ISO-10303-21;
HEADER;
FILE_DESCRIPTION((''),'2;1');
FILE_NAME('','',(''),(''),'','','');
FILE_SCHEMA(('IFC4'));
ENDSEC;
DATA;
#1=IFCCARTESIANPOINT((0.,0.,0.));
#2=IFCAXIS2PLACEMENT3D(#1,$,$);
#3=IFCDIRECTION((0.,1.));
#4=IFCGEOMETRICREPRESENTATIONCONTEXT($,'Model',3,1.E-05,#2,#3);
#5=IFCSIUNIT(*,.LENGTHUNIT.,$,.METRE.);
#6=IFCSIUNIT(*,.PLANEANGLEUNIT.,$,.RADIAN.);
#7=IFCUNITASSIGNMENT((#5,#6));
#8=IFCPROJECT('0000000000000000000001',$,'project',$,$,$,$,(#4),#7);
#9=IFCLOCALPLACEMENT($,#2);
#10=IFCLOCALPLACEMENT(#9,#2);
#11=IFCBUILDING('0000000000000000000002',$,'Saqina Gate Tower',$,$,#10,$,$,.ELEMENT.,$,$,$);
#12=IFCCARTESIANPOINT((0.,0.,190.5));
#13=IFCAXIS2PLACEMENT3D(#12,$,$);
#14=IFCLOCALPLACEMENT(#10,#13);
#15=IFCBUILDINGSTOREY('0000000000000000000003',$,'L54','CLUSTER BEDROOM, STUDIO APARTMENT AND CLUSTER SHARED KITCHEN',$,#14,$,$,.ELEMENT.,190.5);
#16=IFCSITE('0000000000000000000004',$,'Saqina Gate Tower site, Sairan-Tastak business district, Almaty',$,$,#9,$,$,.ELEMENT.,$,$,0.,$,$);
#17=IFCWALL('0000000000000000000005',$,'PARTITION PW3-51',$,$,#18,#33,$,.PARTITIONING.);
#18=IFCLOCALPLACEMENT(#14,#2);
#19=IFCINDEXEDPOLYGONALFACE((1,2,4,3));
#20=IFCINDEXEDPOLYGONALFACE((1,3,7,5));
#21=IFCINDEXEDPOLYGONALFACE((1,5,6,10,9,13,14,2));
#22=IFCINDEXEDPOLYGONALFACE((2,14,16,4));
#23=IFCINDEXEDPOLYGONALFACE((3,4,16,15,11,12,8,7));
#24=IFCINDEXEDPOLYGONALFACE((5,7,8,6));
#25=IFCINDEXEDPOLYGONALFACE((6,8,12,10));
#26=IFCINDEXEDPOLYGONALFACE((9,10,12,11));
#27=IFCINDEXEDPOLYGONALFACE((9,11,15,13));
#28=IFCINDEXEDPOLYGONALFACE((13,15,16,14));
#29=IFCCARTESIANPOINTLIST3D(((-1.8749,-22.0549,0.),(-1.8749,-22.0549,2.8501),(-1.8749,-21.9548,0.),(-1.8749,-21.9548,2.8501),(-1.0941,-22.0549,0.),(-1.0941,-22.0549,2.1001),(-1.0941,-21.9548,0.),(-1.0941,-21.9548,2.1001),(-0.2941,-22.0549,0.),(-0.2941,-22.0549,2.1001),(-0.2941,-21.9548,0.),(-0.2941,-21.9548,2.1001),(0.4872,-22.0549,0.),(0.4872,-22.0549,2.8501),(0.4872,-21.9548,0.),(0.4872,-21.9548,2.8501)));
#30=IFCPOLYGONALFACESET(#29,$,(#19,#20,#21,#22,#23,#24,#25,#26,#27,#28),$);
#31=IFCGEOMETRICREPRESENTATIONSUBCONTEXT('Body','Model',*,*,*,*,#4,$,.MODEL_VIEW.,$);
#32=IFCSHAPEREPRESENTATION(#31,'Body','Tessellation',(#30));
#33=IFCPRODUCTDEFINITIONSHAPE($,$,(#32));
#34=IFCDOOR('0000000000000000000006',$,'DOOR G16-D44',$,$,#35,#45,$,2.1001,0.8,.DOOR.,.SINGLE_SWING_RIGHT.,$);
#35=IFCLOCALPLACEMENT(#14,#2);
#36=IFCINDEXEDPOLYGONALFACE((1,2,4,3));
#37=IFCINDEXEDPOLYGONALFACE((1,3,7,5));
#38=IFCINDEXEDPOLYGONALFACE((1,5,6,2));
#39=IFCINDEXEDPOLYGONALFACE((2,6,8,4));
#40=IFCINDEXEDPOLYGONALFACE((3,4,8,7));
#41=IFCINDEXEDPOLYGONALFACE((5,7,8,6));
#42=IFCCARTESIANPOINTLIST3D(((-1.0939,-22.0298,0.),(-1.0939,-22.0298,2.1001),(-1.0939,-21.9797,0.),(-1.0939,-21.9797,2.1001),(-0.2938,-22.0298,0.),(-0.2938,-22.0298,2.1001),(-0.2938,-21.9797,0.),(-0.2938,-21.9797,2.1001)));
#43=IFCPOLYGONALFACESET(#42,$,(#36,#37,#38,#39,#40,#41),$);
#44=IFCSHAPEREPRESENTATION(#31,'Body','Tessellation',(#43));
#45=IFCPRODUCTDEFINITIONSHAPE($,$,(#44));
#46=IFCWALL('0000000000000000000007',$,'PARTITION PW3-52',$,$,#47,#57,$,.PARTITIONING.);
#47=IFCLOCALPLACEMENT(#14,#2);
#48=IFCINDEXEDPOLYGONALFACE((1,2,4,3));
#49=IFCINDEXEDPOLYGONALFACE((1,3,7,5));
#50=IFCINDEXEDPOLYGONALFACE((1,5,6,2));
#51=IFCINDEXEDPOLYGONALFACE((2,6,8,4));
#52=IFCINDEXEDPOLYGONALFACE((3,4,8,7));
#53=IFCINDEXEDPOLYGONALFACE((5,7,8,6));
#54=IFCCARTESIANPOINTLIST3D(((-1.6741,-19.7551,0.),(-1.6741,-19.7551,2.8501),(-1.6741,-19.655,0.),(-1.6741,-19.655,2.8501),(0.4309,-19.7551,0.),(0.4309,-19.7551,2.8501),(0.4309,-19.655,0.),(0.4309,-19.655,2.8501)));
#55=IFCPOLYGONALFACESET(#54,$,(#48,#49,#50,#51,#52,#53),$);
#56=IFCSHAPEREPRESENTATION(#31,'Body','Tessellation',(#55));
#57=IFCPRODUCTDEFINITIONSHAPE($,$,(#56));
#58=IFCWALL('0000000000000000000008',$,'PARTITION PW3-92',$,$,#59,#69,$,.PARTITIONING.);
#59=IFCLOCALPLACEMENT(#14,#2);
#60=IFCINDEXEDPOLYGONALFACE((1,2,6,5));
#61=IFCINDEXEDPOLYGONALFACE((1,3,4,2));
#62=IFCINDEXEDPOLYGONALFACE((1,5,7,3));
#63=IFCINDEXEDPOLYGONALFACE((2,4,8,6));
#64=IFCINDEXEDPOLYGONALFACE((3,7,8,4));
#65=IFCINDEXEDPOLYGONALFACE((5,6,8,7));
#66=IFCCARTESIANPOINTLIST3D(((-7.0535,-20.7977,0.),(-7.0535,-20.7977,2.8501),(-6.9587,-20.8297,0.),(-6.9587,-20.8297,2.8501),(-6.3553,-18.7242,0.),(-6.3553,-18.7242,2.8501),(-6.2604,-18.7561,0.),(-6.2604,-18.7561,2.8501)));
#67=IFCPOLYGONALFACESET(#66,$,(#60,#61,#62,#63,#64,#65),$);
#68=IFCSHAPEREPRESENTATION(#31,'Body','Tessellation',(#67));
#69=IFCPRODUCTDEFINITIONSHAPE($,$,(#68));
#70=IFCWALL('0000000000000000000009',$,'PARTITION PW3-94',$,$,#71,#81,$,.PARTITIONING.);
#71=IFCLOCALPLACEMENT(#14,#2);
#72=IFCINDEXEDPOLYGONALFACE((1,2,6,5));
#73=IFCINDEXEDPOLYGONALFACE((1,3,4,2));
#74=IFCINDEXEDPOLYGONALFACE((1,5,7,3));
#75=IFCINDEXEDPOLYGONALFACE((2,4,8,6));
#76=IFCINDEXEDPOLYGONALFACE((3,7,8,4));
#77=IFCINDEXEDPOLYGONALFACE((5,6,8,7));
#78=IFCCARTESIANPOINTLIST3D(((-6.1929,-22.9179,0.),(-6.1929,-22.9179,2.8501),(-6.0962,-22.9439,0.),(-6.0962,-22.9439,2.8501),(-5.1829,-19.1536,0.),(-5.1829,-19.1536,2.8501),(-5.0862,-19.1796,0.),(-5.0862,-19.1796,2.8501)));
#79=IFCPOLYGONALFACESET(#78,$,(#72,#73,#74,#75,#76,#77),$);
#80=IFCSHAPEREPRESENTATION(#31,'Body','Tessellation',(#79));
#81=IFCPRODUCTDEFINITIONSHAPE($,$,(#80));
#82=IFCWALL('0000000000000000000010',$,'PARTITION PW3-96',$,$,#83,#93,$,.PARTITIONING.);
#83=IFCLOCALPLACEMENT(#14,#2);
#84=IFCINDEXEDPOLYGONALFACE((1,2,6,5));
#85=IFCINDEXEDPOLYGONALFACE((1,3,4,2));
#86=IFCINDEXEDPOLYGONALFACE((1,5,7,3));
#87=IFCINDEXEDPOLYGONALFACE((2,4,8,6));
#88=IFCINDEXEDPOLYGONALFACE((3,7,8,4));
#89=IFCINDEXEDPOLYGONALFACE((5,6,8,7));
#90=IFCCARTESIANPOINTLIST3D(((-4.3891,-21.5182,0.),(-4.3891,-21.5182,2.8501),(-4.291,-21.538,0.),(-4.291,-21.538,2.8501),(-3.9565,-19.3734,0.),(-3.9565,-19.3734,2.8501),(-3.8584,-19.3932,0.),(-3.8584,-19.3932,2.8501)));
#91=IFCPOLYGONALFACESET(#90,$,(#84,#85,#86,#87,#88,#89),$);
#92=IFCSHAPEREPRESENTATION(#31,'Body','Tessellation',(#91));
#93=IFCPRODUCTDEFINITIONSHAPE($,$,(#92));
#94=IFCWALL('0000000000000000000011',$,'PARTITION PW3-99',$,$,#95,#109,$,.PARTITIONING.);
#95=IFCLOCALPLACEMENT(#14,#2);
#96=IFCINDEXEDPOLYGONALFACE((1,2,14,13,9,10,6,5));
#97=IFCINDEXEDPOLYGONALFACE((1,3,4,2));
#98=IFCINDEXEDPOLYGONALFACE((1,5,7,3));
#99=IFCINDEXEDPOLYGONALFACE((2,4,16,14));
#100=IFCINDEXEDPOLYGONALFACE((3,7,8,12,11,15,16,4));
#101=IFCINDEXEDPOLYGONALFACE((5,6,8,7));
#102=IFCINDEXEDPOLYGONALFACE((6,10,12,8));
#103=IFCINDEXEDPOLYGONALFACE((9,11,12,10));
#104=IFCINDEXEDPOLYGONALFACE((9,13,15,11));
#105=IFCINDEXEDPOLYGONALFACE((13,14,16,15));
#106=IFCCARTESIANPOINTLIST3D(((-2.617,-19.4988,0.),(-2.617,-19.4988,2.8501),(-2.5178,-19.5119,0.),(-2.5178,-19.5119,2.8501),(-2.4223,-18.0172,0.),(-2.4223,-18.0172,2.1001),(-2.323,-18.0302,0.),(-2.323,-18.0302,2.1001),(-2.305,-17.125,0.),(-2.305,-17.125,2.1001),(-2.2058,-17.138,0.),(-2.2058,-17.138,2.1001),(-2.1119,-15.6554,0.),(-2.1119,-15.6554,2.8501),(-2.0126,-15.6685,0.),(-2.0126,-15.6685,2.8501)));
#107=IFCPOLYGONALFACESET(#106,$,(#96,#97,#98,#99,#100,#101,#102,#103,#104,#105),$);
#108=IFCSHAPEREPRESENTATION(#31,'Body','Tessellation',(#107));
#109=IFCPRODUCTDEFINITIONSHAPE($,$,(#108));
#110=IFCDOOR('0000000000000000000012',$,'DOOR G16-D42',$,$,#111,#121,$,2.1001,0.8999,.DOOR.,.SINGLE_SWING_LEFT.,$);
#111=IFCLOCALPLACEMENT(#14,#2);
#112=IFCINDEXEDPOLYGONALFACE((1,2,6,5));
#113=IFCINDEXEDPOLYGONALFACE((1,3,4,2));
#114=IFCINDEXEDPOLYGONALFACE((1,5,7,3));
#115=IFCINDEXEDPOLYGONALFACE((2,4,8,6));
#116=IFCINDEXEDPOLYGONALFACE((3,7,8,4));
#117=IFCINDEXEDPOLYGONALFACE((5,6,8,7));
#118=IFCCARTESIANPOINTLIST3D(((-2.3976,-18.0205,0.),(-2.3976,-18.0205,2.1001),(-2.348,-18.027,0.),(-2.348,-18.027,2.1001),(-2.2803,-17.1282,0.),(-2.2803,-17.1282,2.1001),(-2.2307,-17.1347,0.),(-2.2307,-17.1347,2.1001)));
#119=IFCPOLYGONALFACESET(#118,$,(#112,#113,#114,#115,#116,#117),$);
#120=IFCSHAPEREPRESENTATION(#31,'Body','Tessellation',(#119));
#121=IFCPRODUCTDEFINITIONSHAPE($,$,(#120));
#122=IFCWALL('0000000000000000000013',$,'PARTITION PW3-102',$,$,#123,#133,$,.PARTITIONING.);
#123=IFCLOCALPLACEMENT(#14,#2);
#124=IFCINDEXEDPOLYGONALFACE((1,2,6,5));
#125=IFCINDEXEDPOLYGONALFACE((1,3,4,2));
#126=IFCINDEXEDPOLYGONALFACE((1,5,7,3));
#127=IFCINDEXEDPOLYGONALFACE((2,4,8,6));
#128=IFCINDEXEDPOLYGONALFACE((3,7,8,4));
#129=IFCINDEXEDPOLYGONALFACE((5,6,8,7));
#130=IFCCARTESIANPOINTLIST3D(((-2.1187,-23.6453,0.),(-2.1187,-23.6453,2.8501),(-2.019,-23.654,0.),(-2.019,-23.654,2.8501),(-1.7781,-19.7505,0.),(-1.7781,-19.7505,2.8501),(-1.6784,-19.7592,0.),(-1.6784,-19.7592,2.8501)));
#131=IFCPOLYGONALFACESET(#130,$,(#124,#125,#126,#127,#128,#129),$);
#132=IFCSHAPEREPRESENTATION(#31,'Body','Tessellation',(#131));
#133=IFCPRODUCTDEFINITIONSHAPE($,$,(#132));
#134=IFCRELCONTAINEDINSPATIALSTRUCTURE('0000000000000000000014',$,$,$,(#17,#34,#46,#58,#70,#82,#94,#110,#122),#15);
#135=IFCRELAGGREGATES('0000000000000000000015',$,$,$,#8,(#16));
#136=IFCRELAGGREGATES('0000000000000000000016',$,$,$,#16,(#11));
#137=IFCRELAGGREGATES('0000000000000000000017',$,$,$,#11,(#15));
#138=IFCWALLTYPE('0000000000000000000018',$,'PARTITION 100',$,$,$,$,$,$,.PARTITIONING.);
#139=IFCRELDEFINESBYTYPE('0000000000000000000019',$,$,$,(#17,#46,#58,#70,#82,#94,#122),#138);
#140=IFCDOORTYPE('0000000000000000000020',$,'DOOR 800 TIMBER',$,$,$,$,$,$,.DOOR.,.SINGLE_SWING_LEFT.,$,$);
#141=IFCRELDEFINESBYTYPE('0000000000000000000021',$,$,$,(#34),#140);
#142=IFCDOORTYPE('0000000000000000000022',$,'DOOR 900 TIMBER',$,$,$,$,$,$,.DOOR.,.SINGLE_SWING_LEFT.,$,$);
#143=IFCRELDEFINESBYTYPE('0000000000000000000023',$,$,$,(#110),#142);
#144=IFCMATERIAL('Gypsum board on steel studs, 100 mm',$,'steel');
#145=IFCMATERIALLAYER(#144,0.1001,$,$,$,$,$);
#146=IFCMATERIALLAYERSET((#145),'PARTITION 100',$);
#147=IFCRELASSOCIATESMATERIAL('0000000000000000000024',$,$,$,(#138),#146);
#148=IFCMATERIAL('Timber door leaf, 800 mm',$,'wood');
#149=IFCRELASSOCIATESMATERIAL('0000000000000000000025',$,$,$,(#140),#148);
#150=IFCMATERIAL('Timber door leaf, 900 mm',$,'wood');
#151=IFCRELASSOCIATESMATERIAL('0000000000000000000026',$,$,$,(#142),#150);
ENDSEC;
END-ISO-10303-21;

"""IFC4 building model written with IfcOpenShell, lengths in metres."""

from ifc_helpers import new_model, si_unit, direction, frame, frame_2d, origin, place, context, subcontext, project, spatial, rectangle, extrude, material, layer, layer_set, type_object, element, fill, save


model = new_model("IFC4")

# Units and contexts
model_context = context("Model", 3, precision=1e-05, world=origin(), true_north=direction((0.0, 1.0)))
body_context = subcontext(model_context, "Body", "Model", "MODEL_VIEW")
ifc_project = project(units=[si_unit("LENGTHUNIT", "METRE"), si_unit("PLANEANGLEUNIT", "RADIAN")], contexts=[model_context])

# Site, building, storey
site_placement = place(None, origin())
site = spatial("IfcSite", under=ifc_project, at=site_placement, Name="Saqina Gate Tower site, Sairan-Tastak business district, Almaty", CompositionType="ELEMENT", RefElevation=0.0)
building_placement = place(site_placement, origin())
building = spatial("IfcBuilding", under=site, at=building_placement, Name="Saqina Gate Tower", CompositionType="ELEMENT")
storey_placement = place(building_placement, frame((0.0, 0.0, 190.5)))
storey = spatial("IfcBuildingStorey", under=building, at=storey_placement, Name="L54", Description="CLUSTER BEDROOM, STUDIO APARTMENT AND CLUSTER SHARED KITCHEN", CompositionType="ELEMENT", Elevation=190.5)

# Wall, opening, door
ifc_material_1 = material(Name="Gypsum board on steel studs, 100 mm", Category="steel")
ifc_layer_1 = layer(ifc_material_1, 0.1001)
ifc_layer_set_1 = layer_set([ifc_layer_1], Name="PARTITION 100")
wall_type_1 = type_object("IfcWallType", Name="PARTITION 100", PredefinedType="PARTITIONING", material=ifc_layer_set_1)
ifc_material_2 = material(Name="Timber door leaf, 800 mm", Category="wood")
door_type_1 = type_object("IfcDoorType", Name="DOOR 800 TIMBER", OperationType="SINGLE_SWING_LEFT", PredefinedType="DOOR", material=ifc_material_2)
wall_1_placement = place(storey_placement, frame((-1.875, -22.0049, 0.0), z_axis=(0.0, 0.0, 1.0), x_axis=(1.0, 0.0, 0.0)))
wall_1 = element("IfcWall", 1, at=wall_1_placement, inside=storey, type_object=wall_type_1, Name="PARTITION PW3-51", PredefinedType="PARTITIONING", context=body_context, shape_type="SweptSolid", body=[
    extrude(rectangle(XDim=2.3621, YDim=0.1001, at=frame_2d((1.1812, 0.0))), origin(), (0.0, 0.0, 1.0), 2.8501),
])
opening_1_placement = place(wall_1_placement, frame((0.781, 0.0, 0.0)))
opening_1 = element("IfcOpeningElement", 2, at=opening_1_placement, cuts=wall_1, PredefinedType="OPENING", context=body_context, shape_type="SweptSolid", body=[
    extrude(rectangle(XDim=0.8, YDim=2.1001, at=frame_2d((0.3999, 1.05))), frame((0.0, 0.062, 0.0), z_axis=(0.0, -1.0, 0.0), x_axis=(1.0, 0.0, 0.0)), (0.0, 0.0, 1.0), 0.124),
])
door_1_placement = place(opening_1_placement, frame((0.8, 0.0, 0.0), z_axis=(0.0, 0.0, 1.0), x_axis=(-1.0, 0.0, 0.0)))
door_1 = element("IfcDoor", 3, at=door_1_placement, inside=storey, type_object=door_type_1, Name="DOOR G16-D44", OperationType="SINGLE_SWING_RIGHT", OverallHeight=2.1001, OverallWidth=0.8, PredefinedType="DOOR", context=body_context, shape_type="SweptSolid", body=[
    extrude(rectangle(XDim=0.8, YDim=2.1001, at=frame_2d((0.3999, 1.05))), frame((0.0, 0.0249, 0.0), z_axis=(0.0, -1.0, 0.0), x_axis=(1.0, 0.0, 0.0)), (0.0, 0.0, 1.0), 0.05),
])
fill(opening_1, door_1)

# Walls
wall_2_placement = place(storey_placement, frame((-1.6741, -19.7051, 0.0), z_axis=(0.0, 0.0, 1.0), x_axis=(1.0, 0.0, 0.0)))
element("IfcWall", 4, at=wall_2_placement, inside=storey, type_object=wall_type_1, Name="PARTITION PW3-52", PredefinedType="PARTITIONING", context=body_context, shape_type="SweptSolid", body=[
    extrude(rectangle(XDim=2.105, YDim=0.1001, at=frame_2d((1.0525, 0.0))), origin(), (0.0, 0.0, 1.0), 2.8501),
])
wall_3_placement = place(storey_placement, frame((-7.0061, -20.8137, 0.0), z_axis=(0.0, 0.0, 1.0), x_axis=(0.319139, 0.947708, 0.0)))
element("IfcWall", 5, at=wall_3_placement, inside=storey, type_object=wall_type_1, Name="PARTITION PW3-92", PredefinedType="PARTITIONING", context=body_context, shape_type="SweptSolid", body=[
    extrude(rectangle(XDim=2.188, YDim=0.1001, at=frame_2d((1.094, 0.0))), origin(), (0.0, 0.0, 1.0), 2.8501),
])
wall_4_placement = place(storey_placement, frame((-6.1445, -22.9309, 0.0), z_axis=(0.0, 0.0, 1.0), x_axis=(0.25914, 0.96584, 0.0)))
element("IfcWall", 6, at=wall_4_placement, inside=storey, type_object=wall_type_1, Name="PARTITION PW3-94", PredefinedType="PARTITIONING", context=body_context, shape_type="SweptSolid", body=[
    extrude(rectangle(XDim=3.8975, YDim=0.1001, at=frame_2d((1.9487, 0.0))), origin(), (0.0, 0.0, 1.0), 2.8501),
])
wall_5_placement = place(storey_placement, frame((-4.3401, -21.5281, 0.0), z_axis=(0.0, 0.0, 1.0), x_axis=(0.197725, 0.980257, 0.0)))
element("IfcWall", 7, at=wall_5_placement, inside=storey, type_object=wall_type_1, Name="PARTITION PW3-96", PredefinedType="PARTITIONING", context=body_context, shape_type="SweptSolid", body=[
    extrude(rectangle(XDim=2.188, YDim=0.1001, at=frame_2d((1.094, 0.0))), origin(), (0.0, 0.0, 1.0), 2.8501),
])

# Wall, opening, door
wall_6_placement = place(storey_placement, frame((-2.5674, -19.5054, 0.0), z_axis=(0.0, 0.0, 1.0), x_axis=(0.130303, 0.991474, 0.0)))
wall_6 = element("IfcWall", 8, at=wall_6_placement, inside=storey, type_object=wall_type_1, Name="PARTITION PW3-99", PredefinedType="PARTITIONING", context=body_context, shape_type="SweptSolid", body=[
    extrude(rectangle(XDim=3.8765, YDim=0.1001, at=frame_2d((1.9382, 0.0))), origin(), (0.0, 0.0, 1.0), 2.8501),
])
opening_2_placement = place(wall_6_placement, frame((1.4944, 0.0, 0.0)))
opening_2 = element("IfcOpeningElement", 9, at=opening_2_placement, cuts=wall_6, PredefinedType="OPENING", context=body_context, shape_type="SweptSolid", body=[
    extrude(rectangle(XDim=0.8999, YDim=2.1001, at=frame_2d((0.45, 1.05))), frame((0.0, 0.062, 0.0), z_axis=(0.0, -1.0, 0.0), x_axis=(1.0, 0.0, 0.0)), (0.0, 0.0, 1.0), 0.124),
])
ifc_material_3 = material(Name="Timber door leaf, 900 mm", Category="wood")
door_type_2 = type_object("IfcDoorType", Name="DOOR 900 TIMBER", OperationType="SINGLE_SWING_LEFT", PredefinedType="DOOR", material=ifc_material_3)
door_2_placement = place(opening_2_placement, frame((0.8999, 0.0, 0.0), z_axis=(0.0, 0.0, 1.0), x_axis=(-1.0, 0.0, 0.0)))
door_2 = element("IfcDoor", 10, at=door_2_placement, inside=storey, type_object=door_type_2, Name="DOOR G16-D42", OperationType="SINGLE_SWING_LEFT", OverallHeight=2.1001, OverallWidth=0.8999, PredefinedType="DOOR", context=body_context, shape_type="SweptSolid", body=[
    extrude(rectangle(XDim=0.8999, YDim=2.1001, at=frame_2d((0.45, 1.05))), frame((0.0, 0.0249, 0.0), z_axis=(0.0, -1.0, 0.0), x_axis=(1.0, 0.0, 0.0)), (0.0, 0.0, 1.0), 0.05),
])
fill(opening_2, door_2)

# Wall
wall_7_placement = place(storey_placement, frame((-2.0688, -23.6497, 0.0), z_axis=(0.0, 0.0, 1.0), x_axis=(0.087112, 0.996199, 0.0)))
element("IfcWall", 11, at=wall_7_placement, inside=storey, type_object=wall_type_1, Name="PARTITION PW3-102", PredefinedType="PARTITIONING", context=body_context, shape_type="SweptSolid", body=[
    extrude(rectangle(XDim=3.9097, YDim=0.1001, at=frame_2d((1.9548, 0.0))), origin(), (0.0, 0.0, 1.0), 2.8501),
])

save(model, "model.ifc")
